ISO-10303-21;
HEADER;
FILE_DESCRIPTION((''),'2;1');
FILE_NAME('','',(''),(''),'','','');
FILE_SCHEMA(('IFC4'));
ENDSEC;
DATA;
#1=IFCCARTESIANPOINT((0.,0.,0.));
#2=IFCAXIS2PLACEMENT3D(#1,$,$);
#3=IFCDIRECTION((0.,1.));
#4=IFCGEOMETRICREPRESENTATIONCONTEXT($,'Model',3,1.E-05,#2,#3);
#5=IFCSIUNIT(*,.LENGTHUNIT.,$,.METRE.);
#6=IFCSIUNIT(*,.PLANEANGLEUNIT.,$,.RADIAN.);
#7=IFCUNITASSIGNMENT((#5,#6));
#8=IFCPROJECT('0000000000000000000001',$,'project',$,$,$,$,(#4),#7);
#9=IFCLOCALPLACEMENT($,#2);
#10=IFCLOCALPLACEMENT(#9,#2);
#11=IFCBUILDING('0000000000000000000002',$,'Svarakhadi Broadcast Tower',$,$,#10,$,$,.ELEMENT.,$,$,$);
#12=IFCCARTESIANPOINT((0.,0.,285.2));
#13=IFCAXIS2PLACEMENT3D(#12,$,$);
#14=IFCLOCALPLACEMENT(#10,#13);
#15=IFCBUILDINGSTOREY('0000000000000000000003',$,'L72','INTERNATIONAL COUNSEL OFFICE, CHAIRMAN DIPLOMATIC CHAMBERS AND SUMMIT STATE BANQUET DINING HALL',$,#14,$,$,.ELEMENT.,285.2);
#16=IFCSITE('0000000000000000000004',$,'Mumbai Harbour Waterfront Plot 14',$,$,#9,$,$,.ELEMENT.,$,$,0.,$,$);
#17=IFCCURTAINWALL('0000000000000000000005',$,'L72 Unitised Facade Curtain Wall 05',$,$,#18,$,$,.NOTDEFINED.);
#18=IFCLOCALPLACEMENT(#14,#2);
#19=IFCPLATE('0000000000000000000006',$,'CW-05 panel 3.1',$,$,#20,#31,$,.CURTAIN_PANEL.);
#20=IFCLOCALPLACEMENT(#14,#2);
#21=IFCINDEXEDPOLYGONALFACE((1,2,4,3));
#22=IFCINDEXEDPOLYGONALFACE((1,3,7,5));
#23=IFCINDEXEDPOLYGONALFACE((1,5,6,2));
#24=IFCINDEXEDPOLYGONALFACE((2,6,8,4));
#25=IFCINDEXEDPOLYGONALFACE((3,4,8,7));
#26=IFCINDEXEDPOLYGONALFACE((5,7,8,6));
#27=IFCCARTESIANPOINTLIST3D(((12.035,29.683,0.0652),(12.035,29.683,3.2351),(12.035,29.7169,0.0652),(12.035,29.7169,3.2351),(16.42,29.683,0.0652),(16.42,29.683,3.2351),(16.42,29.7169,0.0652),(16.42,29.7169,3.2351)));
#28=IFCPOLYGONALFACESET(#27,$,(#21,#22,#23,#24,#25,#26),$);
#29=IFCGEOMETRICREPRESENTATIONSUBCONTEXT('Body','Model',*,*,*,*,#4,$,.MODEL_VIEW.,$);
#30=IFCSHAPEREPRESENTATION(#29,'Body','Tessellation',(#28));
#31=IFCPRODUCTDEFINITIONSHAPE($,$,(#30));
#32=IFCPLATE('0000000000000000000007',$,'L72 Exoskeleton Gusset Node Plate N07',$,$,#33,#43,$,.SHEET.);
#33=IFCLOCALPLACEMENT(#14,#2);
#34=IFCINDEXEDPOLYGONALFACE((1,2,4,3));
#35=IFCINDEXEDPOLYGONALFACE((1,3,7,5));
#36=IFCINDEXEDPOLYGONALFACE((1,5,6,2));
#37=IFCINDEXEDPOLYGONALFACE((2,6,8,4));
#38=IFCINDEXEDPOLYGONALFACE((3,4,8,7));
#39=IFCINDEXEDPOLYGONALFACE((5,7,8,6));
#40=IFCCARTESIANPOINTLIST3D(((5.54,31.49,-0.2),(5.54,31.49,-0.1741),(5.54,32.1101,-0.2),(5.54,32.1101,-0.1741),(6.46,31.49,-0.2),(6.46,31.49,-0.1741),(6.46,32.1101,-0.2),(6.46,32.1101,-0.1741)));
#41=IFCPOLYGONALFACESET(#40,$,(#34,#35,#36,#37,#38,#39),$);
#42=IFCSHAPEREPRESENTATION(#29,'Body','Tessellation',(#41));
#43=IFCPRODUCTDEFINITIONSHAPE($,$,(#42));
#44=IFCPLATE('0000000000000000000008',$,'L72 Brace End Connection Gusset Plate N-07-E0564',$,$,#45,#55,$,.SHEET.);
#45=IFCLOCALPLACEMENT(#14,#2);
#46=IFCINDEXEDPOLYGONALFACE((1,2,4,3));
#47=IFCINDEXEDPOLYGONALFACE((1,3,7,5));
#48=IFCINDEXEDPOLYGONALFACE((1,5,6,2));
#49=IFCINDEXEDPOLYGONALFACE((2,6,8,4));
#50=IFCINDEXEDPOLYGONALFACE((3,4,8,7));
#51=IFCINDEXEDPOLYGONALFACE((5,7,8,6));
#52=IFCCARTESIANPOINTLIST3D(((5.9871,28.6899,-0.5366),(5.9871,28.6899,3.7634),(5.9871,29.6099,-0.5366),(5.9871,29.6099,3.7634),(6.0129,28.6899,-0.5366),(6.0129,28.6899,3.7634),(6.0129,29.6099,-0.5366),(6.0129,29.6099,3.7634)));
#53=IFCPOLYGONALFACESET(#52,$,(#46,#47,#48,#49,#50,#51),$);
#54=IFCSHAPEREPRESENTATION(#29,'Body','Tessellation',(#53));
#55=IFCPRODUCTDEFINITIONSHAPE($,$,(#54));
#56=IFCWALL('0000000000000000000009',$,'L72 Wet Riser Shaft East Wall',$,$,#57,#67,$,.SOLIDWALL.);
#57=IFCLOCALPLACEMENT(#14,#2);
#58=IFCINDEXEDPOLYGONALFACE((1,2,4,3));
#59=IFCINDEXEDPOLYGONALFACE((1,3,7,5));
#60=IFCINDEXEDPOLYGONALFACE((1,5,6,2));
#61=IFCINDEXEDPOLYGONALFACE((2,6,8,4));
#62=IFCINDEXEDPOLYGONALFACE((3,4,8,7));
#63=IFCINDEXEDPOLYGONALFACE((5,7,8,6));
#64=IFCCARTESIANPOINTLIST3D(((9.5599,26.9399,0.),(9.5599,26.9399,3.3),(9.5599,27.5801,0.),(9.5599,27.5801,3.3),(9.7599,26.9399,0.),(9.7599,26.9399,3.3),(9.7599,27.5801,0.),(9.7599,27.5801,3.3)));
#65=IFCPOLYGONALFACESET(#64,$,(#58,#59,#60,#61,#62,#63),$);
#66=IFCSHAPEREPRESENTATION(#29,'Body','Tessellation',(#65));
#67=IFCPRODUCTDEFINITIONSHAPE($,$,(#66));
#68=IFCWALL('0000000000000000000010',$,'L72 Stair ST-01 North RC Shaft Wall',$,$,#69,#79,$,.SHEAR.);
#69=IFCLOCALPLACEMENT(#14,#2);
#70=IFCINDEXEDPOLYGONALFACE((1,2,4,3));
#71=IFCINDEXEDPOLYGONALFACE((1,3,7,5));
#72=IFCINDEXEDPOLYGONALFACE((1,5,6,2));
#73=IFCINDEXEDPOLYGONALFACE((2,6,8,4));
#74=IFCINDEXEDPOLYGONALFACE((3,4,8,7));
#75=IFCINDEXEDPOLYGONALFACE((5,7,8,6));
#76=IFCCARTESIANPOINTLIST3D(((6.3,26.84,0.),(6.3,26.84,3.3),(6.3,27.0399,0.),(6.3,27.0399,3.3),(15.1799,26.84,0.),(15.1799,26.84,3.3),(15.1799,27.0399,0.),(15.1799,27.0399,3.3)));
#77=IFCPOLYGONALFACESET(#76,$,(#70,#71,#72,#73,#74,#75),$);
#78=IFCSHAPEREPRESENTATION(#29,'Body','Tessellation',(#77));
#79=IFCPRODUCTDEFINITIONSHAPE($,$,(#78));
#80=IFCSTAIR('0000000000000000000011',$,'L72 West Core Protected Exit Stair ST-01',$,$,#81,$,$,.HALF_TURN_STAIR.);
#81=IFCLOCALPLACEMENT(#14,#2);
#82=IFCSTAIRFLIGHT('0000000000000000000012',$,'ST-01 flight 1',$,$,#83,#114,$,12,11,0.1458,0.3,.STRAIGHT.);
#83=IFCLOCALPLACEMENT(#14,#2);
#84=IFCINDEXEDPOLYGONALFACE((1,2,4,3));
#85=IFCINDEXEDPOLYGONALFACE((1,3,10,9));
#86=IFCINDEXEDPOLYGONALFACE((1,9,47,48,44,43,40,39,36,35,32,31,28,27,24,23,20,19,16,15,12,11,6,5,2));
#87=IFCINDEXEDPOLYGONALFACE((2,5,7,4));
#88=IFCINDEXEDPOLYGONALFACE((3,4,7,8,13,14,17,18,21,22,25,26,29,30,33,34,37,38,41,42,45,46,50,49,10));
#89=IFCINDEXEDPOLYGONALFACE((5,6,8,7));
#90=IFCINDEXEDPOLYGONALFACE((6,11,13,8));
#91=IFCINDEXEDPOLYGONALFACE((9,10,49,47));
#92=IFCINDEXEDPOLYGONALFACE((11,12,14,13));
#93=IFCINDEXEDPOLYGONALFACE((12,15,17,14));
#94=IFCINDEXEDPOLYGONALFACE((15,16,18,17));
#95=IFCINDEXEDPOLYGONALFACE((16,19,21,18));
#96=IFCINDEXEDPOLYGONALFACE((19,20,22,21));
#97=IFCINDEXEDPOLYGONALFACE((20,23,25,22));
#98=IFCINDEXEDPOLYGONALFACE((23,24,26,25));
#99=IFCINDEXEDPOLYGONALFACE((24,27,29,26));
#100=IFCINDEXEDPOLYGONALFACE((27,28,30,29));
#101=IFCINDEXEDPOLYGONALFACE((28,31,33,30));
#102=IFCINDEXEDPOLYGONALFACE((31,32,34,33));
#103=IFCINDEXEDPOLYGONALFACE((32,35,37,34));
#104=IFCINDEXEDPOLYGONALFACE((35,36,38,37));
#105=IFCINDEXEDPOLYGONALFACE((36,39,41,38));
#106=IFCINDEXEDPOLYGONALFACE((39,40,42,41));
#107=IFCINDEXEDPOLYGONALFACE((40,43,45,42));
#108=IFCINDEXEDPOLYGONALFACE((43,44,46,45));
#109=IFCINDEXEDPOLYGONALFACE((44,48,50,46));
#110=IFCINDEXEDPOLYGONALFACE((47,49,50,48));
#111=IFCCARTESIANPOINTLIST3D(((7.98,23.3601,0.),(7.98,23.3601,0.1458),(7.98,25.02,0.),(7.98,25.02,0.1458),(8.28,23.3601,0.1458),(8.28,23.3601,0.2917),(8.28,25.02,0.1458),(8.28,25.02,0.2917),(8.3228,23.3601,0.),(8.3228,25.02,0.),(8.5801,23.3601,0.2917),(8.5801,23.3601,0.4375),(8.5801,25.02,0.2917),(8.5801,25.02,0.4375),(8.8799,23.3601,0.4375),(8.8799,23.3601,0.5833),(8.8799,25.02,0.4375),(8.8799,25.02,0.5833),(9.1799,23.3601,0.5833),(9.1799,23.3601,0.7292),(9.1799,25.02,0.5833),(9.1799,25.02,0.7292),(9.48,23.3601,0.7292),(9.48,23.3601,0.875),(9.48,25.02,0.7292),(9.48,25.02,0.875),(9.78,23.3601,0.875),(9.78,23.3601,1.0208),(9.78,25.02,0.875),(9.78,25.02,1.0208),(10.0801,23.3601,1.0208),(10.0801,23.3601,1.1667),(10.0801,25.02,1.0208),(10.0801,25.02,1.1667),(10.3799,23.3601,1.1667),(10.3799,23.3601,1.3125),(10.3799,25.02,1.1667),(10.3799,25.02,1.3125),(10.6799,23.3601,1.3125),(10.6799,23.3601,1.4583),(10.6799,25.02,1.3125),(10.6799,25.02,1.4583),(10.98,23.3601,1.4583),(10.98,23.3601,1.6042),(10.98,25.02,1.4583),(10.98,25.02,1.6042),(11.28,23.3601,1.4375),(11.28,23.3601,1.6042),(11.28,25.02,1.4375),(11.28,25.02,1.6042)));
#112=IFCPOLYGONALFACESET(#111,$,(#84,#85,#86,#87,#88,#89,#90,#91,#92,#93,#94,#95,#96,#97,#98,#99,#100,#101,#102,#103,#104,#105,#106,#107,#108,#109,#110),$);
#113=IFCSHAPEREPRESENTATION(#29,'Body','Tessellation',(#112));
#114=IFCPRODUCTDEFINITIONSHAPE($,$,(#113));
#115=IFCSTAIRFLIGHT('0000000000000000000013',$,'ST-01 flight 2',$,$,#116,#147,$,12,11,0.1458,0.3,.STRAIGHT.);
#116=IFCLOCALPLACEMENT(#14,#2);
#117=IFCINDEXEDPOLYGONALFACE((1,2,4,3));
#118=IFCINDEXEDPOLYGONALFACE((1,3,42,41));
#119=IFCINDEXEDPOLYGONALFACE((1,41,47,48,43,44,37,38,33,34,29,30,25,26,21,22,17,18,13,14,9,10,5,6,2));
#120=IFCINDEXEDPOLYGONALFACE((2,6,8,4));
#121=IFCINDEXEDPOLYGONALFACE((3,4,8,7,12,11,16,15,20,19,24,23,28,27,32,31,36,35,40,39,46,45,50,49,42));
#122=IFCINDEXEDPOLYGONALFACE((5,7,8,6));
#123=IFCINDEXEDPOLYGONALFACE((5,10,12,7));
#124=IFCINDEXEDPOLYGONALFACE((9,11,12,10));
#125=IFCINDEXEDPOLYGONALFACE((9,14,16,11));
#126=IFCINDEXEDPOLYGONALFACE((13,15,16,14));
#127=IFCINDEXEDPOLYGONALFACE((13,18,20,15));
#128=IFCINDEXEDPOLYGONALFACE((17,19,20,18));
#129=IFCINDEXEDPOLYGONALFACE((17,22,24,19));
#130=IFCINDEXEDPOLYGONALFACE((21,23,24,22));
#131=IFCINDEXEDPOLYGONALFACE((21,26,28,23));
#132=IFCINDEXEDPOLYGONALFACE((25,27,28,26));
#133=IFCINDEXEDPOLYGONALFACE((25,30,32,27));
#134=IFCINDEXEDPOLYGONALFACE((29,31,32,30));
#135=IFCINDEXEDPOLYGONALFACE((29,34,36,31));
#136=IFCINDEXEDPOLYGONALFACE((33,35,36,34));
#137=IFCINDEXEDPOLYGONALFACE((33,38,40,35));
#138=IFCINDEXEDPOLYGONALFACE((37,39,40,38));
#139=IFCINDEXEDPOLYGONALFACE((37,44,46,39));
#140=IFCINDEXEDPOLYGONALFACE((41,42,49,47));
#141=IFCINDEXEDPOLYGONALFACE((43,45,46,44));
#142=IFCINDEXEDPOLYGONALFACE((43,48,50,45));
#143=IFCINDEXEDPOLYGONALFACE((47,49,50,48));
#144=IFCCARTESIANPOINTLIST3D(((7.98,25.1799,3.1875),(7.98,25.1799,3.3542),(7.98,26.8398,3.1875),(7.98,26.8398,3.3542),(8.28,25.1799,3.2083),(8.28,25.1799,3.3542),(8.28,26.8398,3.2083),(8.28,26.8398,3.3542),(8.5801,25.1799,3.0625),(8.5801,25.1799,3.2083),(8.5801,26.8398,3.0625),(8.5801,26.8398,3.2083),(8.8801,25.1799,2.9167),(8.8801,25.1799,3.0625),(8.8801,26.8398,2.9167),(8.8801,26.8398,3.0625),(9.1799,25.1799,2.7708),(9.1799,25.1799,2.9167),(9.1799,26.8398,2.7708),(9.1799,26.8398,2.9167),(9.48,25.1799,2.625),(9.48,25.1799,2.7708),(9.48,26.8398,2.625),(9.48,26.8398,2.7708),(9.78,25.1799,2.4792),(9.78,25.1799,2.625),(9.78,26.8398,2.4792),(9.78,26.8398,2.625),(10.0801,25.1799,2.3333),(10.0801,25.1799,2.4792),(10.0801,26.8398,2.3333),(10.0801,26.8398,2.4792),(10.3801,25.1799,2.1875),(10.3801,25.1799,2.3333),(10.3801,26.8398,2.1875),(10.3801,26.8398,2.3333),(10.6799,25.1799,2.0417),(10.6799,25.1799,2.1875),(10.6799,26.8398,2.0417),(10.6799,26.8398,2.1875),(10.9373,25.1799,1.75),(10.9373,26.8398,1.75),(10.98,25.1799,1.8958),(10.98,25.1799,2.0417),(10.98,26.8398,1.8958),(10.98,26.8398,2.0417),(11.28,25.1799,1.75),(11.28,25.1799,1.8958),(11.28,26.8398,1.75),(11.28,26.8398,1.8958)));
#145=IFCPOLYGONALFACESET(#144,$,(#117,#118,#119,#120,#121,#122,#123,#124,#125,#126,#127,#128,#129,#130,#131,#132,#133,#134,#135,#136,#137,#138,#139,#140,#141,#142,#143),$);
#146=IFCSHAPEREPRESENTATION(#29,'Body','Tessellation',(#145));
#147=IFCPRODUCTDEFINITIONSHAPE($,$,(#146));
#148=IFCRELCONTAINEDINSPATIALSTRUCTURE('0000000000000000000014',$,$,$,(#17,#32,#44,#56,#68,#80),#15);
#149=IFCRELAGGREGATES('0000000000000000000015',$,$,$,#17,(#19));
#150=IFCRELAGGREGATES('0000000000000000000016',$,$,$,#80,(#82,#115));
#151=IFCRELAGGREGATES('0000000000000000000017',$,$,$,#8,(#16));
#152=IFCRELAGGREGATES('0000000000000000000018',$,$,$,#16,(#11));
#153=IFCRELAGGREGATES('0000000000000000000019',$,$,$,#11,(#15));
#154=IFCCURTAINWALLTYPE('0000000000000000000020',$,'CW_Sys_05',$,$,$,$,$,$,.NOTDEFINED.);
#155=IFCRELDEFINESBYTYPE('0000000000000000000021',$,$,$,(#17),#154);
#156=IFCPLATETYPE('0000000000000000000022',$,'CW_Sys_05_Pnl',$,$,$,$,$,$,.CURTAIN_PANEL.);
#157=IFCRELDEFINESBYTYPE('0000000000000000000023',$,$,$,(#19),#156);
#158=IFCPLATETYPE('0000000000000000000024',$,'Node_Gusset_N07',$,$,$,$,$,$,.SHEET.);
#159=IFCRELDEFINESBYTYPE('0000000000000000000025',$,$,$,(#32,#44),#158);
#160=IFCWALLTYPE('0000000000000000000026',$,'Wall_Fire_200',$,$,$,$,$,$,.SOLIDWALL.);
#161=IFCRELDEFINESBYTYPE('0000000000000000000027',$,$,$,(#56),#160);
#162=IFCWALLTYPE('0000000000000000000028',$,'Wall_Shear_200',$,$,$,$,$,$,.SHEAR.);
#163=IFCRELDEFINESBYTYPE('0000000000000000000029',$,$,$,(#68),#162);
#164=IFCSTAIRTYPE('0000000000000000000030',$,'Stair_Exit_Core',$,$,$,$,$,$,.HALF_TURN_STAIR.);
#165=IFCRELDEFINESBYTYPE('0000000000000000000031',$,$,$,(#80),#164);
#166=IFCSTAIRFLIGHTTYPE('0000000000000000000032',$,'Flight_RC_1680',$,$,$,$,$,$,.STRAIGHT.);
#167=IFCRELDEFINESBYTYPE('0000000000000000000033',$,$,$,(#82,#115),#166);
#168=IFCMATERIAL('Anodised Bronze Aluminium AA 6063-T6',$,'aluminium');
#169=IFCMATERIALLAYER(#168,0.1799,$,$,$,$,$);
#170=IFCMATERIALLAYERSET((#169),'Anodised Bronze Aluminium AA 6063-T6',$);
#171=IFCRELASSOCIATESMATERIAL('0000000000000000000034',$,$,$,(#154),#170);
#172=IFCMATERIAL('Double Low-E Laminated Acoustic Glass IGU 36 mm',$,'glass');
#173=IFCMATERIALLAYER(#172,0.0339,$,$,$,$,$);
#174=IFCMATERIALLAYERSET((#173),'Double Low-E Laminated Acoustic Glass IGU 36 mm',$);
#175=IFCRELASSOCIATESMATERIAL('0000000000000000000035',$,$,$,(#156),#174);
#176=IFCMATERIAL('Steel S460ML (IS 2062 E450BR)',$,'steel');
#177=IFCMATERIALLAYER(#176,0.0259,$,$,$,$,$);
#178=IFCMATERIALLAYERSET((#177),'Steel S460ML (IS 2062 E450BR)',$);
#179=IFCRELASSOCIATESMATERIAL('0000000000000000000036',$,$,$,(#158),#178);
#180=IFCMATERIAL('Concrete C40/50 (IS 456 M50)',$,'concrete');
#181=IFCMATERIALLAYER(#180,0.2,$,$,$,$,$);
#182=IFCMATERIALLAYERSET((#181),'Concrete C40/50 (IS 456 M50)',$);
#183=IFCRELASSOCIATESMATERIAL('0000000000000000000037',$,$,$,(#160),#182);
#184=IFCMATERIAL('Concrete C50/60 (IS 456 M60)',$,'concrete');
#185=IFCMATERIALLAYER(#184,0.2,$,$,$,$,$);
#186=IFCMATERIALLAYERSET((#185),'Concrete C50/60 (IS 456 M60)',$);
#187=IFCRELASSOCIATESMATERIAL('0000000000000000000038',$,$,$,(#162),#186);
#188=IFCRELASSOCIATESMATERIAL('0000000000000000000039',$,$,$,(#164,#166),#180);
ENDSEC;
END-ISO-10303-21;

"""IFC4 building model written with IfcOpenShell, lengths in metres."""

from ifc_helpers import new_model, si_unit, direction, frame, frame_2d, origin, origin_2d, place, context, subcontext, project, spatial, polyline, rectangle, outline, extrude, material, layer, layer_set, type_object, element, aggregate, save


model = new_model("IFC4")

# Units and contexts
model_context = context("Model", 3, precision=1e-05, world=origin(), true_north=direction((0.0, 1.0)))
body_context = subcontext(model_context, "Body", "Model", "MODEL_VIEW")
ifc_project = project(units=[si_unit("LENGTHUNIT", "METRE"), si_unit("PLANEANGLEUNIT", "RADIAN")], contexts=[model_context])

# Site, building, storey
site_placement = place(None, origin())
site = spatial("IfcSite", under=ifc_project, at=site_placement, Name="Mumbai Harbour Waterfront Plot 14", CompositionType="ELEMENT", RefElevation=0.0)
building_placement = place(site_placement, origin())
building = spatial("IfcBuilding", under=site, at=building_placement, Name="Svarakhadi Broadcast Tower", CompositionType="ELEMENT")
storey_placement = place(building_placement, frame((0.0, 0.0, 285.2)))
storey = spatial("IfcBuildingStorey", under=building, at=storey_placement, Name="L72", Description="INTERNATIONAL COUNSEL OFFICE, CHAIRMAN DIPLOMATIC CHAMBERS AND SUMMIT STATE BANQUET DINING HALL", CompositionType="ELEMENT", Elevation=285.2)

# Shared definitions
ifc_material_1 = material(Name="Steel S460ML (IS 2062 E450BR)", Category="steel")

# Curtain wall
ifc_material_2 = material(Name="Anodised Bronze Aluminium AA 6063-T6", Category="aluminium")
ifc_layer_1 = layer(ifc_material_2, 0.1799)
ifc_layer_set_1 = layer_set([ifc_layer_1], Name="Anodised Bronze Aluminium AA 6063-T6")
curtain_wall_type = type_object("IfcCurtainWallType", Name="CW_Sys_05", PredefinedType="NOTDEFINED", material=ifc_layer_set_1)
curtain_wall_placement = place(storey_placement, origin())
curtain_wall = element("IfcCurtainWall", 1, at=curtain_wall_placement, inside=storey, type_object=curtain_wall_type, Name="L72 Unitised Facade Curtain Wall 05", PredefinedType="NOTDEFINED")

# Plate
ifc_material_3 = material(Name="Double Low-E Laminated Acoustic Glass IGU 36 mm", Category="glass")
ifc_layer_2 = layer(ifc_material_3, 0.0339)
ifc_layer_set_2 = layer_set([ifc_layer_2], Name="Double Low-E Laminated Acoustic Glass IGU 36 mm")
plate_type_1 = type_object("IfcPlateType", Name="CW_Sys_05_Pnl", PredefinedType="CURTAIN_PANEL", material=ifc_layer_set_2)
plate_1_placement = place(storey_placement, frame((14.2275, 29.7, 0.0652), z_axis=(0.0, 0.0, 1.0), x_axis=(1.0, 0.0, 0.0)))
plate_1 = element("IfcPlate", 2, at=plate_1_placement, type_object=plate_type_1, Name="CW-05 panel 3.1", PredefinedType="CURTAIN_PANEL", context=body_context, shape_type="SweptSolid", body=[
    extrude(rectangle(XDim=4.385, YDim=0.0339, at=origin_2d()), origin(), (0.0, 0.0, 1.0), 3.1699),
])
aggregate(curtain_wall, [plate_1])

# Plates
ifc_layer_3 = layer(ifc_material_1, 0.0259)
ifc_layer_set_3 = layer_set([ifc_layer_3], Name="Steel S460ML (IS 2062 E450BR)")
plate_type_2 = type_object("IfcPlateType", Name="Node_Gusset_N07", PredefinedType="SHEET", material=ifc_layer_set_3)
plate_2_placement = place(storey_placement, frame((6.0, 31.8, -0.2), z_axis=(0.0, 0.0, 1.0), x_axis=(1.0, 0.0, 0.0)))
element("IfcPlate", 3, at=plate_2_placement, inside=storey, type_object=plate_type_2, Name="L72 Exoskeleton Gusset Node Plate N07", PredefinedType="SHEET", context=body_context, shape_type="SweptSolid", body=[
    extrude(rectangle(XDim=0.9199, YDim=0.6201, at=origin_2d()), origin(), (0.0, 0.0, 1.0), 0.0259),
])
plate_3_placement = place(storey_placement, frame((6.0, 29.1499, -0.5366), z_axis=(0.0, 0.0, 1.0), x_axis=(0.0, 1.0, 0.0)))
element("IfcPlate", 4, at=plate_3_placement, inside=storey, type_object=plate_type_2, Name="L72 Brace End Connection Gusset Plate N-07-E0564", PredefinedType="SHEET", context=body_context, shape_type="SweptSolid", body=[
    extrude(rectangle(XDim=0.9199, YDim=0.0259, at=origin_2d()), origin(), (0.0, 0.0, 1.0), 4.3),
])

# Walls
ifc_material_4 = material(Name="Concrete C40/50 (IS 456 M50)", Category="concrete")
ifc_layer_4 = layer(ifc_material_4, 0.2)
ifc_layer_set_4 = layer_set([ifc_layer_4], Name="Concrete C40/50 (IS 456 M50)")
wall_type_1 = type_object("IfcWallType", Name="Wall_Fire_200", PredefinedType="SOLIDWALL", material=ifc_layer_set_4)
wall_1_placement = place(storey_placement, frame((9.6599, 26.9399, 0.0), z_axis=(0.0, 0.0, 1.0), x_axis=(0.0, 1.0, 0.0)))
element("IfcWall", 5, at=wall_1_placement, inside=storey, type_object=wall_type_1, Name="L72 Wet Riser Shaft East Wall", PredefinedType="SOLIDWALL", context=body_context, shape_type="SweptSolid", body=[
    extrude(rectangle(XDim=0.6401, YDim=0.2, at=frame_2d((0.3201, 0.0))), origin(), (0.0, 0.0, 1.0), 3.3),
])
ifc_material_5 = material(Name="Concrete C50/60 (IS 456 M60)", Category="concrete")
ifc_layer_5 = layer(ifc_material_5, 0.2)
ifc_layer_set_5 = layer_set([ifc_layer_5], Name="Concrete C50/60 (IS 456 M60)")
wall_type_2 = type_object("IfcWallType", Name="Wall_Shear_200", PredefinedType="SHEAR", material=ifc_layer_set_5)
wall_2_placement = place(storey_placement, frame((6.3, 26.9399, 0.0), z_axis=(0.0, 0.0, 1.0), x_axis=(1.0, 0.0, 0.0)))
element("IfcWall", 6, at=wall_2_placement, inside=storey, type_object=wall_type_2, Name="L72 Stair ST-01 North RC Shaft Wall", PredefinedType="SHEAR", context=body_context, shape_type="SweptSolid", body=[
    extrude(rectangle(XDim=8.8799, YDim=0.2, at=frame_2d((4.4399, 0.0))), origin(), (0.0, 0.0, 1.0), 3.3),
])

# Stair, stair flights
stair_type = type_object("IfcStairType", Name="Stair_Exit_Core", PredefinedType="HALF_TURN_STAIR", material=ifc_material_4)
stair_placement = place(storey_placement, origin())
stair = element("IfcStair", 7, at=stair_placement, inside=storey, type_object=stair_type, Name="L72 West Core Protected Exit Stair ST-01", PredefinedType="HALF_TURN_STAIR")
stair_flight_type = type_object("IfcStairFlightType", Name="Flight_RC_1680", PredefinedType="STRAIGHT", material=ifc_material_4)
stair_flight_1_placement = place(storey_placement, frame((7.98, 24.1899, 0.0), z_axis=(0.0, 0.0, 1.0), x_axis=(1.0, 0.0, 0.0)))
stair_flight_1 = element("IfcStairFlight", 8, at=stair_flight_1_placement, type_object=stair_flight_type, Name="ST-01 flight 1", NumberOfRisers=12, NumberOfTreads=11, PredefinedType="STRAIGHT", RiserHeight=0.1458, TreadLength=0.3, context=body_context, shape_type="SweptSolid", body=[
    extrude(outline(polyline([(0.0, 0.0), (0.0, 0.1458), (0.3, 0.1458), (0.3, 0.2917), (0.6001, 0.2917), (0.6001, 0.4375), (0.8999, 0.4375), (0.8999, 0.5833), (1.2, 0.5833), (1.2, 0.7292), (1.5, 0.7292), (1.5, 0.875), (1.8, 0.875), (1.8, 1.0208), (2.1001, 1.0208), (2.1001, 1.1667), (2.3999, 1.1667), (2.3999, 1.3125), (2.7, 1.3125), (2.7, 1.4583), (3.0, 1.4583), (3.0, 1.6042), (3.3, 1.6042), (3.3, 1.75), (3.3, 1.4375), (0.3428, 0.0), (0.0, 0.0)])), frame((0.0, 0.8301, 0.0), z_axis=(0.0, -1.0, 0.0), x_axis=(1.0, 0.0, 0.0)), (0.0, 0.0, 1.0), 1.6599),
])
stair_flight_2_placement = place(storey_placement, frame((11.28, 26.01, 1.75), z_axis=(0.0, 0.0, 1.0), x_axis=(-1.0, 0.0, 0.0)))
stair_flight_2 = element("IfcStairFlight", 9, at=stair_flight_2_placement, type_object=stair_flight_type, Name="ST-01 flight 2", NumberOfRisers=12, NumberOfTreads=11, PredefinedType="STRAIGHT", RiserHeight=0.1458, TreadLength=0.3, context=body_context, shape_type="SweptSolid", body=[
    extrude(outline(polyline([(0.0, 0.0), (0.0, 0.1458), (0.3, 0.1458), (0.3, 0.2917), (0.6001, 0.2917), (0.6001, 0.4375), (0.8999, 0.4375), (0.8999, 0.5833), (1.2, 0.5833), (1.2, 0.7292), (1.5, 0.7292), (1.5, 0.875), (1.8, 0.875), (1.8, 1.0208), (2.1001, 1.0208), (2.1001, 1.1667), (2.3999, 1.1667), (2.3999, 1.3125), (2.7, 1.3125), (2.7, 1.4583), (3.0, 1.4583), (3.0, 1.6042), (3.3, 1.6042), (3.3, 1.75), (3.3, 1.4375), (0.3428, 0.0), (0.0, 0.0)])), frame((0.0, 0.8301, 0.0), z_axis=(0.0, -1.0, 0.0), x_axis=(1.0, 0.0, 0.0)), (0.0, 0.0, 1.0), 1.6599),
])
aggregate(stair, [stair_flight_1, stair_flight_2])

save(model, "model.ifc")
